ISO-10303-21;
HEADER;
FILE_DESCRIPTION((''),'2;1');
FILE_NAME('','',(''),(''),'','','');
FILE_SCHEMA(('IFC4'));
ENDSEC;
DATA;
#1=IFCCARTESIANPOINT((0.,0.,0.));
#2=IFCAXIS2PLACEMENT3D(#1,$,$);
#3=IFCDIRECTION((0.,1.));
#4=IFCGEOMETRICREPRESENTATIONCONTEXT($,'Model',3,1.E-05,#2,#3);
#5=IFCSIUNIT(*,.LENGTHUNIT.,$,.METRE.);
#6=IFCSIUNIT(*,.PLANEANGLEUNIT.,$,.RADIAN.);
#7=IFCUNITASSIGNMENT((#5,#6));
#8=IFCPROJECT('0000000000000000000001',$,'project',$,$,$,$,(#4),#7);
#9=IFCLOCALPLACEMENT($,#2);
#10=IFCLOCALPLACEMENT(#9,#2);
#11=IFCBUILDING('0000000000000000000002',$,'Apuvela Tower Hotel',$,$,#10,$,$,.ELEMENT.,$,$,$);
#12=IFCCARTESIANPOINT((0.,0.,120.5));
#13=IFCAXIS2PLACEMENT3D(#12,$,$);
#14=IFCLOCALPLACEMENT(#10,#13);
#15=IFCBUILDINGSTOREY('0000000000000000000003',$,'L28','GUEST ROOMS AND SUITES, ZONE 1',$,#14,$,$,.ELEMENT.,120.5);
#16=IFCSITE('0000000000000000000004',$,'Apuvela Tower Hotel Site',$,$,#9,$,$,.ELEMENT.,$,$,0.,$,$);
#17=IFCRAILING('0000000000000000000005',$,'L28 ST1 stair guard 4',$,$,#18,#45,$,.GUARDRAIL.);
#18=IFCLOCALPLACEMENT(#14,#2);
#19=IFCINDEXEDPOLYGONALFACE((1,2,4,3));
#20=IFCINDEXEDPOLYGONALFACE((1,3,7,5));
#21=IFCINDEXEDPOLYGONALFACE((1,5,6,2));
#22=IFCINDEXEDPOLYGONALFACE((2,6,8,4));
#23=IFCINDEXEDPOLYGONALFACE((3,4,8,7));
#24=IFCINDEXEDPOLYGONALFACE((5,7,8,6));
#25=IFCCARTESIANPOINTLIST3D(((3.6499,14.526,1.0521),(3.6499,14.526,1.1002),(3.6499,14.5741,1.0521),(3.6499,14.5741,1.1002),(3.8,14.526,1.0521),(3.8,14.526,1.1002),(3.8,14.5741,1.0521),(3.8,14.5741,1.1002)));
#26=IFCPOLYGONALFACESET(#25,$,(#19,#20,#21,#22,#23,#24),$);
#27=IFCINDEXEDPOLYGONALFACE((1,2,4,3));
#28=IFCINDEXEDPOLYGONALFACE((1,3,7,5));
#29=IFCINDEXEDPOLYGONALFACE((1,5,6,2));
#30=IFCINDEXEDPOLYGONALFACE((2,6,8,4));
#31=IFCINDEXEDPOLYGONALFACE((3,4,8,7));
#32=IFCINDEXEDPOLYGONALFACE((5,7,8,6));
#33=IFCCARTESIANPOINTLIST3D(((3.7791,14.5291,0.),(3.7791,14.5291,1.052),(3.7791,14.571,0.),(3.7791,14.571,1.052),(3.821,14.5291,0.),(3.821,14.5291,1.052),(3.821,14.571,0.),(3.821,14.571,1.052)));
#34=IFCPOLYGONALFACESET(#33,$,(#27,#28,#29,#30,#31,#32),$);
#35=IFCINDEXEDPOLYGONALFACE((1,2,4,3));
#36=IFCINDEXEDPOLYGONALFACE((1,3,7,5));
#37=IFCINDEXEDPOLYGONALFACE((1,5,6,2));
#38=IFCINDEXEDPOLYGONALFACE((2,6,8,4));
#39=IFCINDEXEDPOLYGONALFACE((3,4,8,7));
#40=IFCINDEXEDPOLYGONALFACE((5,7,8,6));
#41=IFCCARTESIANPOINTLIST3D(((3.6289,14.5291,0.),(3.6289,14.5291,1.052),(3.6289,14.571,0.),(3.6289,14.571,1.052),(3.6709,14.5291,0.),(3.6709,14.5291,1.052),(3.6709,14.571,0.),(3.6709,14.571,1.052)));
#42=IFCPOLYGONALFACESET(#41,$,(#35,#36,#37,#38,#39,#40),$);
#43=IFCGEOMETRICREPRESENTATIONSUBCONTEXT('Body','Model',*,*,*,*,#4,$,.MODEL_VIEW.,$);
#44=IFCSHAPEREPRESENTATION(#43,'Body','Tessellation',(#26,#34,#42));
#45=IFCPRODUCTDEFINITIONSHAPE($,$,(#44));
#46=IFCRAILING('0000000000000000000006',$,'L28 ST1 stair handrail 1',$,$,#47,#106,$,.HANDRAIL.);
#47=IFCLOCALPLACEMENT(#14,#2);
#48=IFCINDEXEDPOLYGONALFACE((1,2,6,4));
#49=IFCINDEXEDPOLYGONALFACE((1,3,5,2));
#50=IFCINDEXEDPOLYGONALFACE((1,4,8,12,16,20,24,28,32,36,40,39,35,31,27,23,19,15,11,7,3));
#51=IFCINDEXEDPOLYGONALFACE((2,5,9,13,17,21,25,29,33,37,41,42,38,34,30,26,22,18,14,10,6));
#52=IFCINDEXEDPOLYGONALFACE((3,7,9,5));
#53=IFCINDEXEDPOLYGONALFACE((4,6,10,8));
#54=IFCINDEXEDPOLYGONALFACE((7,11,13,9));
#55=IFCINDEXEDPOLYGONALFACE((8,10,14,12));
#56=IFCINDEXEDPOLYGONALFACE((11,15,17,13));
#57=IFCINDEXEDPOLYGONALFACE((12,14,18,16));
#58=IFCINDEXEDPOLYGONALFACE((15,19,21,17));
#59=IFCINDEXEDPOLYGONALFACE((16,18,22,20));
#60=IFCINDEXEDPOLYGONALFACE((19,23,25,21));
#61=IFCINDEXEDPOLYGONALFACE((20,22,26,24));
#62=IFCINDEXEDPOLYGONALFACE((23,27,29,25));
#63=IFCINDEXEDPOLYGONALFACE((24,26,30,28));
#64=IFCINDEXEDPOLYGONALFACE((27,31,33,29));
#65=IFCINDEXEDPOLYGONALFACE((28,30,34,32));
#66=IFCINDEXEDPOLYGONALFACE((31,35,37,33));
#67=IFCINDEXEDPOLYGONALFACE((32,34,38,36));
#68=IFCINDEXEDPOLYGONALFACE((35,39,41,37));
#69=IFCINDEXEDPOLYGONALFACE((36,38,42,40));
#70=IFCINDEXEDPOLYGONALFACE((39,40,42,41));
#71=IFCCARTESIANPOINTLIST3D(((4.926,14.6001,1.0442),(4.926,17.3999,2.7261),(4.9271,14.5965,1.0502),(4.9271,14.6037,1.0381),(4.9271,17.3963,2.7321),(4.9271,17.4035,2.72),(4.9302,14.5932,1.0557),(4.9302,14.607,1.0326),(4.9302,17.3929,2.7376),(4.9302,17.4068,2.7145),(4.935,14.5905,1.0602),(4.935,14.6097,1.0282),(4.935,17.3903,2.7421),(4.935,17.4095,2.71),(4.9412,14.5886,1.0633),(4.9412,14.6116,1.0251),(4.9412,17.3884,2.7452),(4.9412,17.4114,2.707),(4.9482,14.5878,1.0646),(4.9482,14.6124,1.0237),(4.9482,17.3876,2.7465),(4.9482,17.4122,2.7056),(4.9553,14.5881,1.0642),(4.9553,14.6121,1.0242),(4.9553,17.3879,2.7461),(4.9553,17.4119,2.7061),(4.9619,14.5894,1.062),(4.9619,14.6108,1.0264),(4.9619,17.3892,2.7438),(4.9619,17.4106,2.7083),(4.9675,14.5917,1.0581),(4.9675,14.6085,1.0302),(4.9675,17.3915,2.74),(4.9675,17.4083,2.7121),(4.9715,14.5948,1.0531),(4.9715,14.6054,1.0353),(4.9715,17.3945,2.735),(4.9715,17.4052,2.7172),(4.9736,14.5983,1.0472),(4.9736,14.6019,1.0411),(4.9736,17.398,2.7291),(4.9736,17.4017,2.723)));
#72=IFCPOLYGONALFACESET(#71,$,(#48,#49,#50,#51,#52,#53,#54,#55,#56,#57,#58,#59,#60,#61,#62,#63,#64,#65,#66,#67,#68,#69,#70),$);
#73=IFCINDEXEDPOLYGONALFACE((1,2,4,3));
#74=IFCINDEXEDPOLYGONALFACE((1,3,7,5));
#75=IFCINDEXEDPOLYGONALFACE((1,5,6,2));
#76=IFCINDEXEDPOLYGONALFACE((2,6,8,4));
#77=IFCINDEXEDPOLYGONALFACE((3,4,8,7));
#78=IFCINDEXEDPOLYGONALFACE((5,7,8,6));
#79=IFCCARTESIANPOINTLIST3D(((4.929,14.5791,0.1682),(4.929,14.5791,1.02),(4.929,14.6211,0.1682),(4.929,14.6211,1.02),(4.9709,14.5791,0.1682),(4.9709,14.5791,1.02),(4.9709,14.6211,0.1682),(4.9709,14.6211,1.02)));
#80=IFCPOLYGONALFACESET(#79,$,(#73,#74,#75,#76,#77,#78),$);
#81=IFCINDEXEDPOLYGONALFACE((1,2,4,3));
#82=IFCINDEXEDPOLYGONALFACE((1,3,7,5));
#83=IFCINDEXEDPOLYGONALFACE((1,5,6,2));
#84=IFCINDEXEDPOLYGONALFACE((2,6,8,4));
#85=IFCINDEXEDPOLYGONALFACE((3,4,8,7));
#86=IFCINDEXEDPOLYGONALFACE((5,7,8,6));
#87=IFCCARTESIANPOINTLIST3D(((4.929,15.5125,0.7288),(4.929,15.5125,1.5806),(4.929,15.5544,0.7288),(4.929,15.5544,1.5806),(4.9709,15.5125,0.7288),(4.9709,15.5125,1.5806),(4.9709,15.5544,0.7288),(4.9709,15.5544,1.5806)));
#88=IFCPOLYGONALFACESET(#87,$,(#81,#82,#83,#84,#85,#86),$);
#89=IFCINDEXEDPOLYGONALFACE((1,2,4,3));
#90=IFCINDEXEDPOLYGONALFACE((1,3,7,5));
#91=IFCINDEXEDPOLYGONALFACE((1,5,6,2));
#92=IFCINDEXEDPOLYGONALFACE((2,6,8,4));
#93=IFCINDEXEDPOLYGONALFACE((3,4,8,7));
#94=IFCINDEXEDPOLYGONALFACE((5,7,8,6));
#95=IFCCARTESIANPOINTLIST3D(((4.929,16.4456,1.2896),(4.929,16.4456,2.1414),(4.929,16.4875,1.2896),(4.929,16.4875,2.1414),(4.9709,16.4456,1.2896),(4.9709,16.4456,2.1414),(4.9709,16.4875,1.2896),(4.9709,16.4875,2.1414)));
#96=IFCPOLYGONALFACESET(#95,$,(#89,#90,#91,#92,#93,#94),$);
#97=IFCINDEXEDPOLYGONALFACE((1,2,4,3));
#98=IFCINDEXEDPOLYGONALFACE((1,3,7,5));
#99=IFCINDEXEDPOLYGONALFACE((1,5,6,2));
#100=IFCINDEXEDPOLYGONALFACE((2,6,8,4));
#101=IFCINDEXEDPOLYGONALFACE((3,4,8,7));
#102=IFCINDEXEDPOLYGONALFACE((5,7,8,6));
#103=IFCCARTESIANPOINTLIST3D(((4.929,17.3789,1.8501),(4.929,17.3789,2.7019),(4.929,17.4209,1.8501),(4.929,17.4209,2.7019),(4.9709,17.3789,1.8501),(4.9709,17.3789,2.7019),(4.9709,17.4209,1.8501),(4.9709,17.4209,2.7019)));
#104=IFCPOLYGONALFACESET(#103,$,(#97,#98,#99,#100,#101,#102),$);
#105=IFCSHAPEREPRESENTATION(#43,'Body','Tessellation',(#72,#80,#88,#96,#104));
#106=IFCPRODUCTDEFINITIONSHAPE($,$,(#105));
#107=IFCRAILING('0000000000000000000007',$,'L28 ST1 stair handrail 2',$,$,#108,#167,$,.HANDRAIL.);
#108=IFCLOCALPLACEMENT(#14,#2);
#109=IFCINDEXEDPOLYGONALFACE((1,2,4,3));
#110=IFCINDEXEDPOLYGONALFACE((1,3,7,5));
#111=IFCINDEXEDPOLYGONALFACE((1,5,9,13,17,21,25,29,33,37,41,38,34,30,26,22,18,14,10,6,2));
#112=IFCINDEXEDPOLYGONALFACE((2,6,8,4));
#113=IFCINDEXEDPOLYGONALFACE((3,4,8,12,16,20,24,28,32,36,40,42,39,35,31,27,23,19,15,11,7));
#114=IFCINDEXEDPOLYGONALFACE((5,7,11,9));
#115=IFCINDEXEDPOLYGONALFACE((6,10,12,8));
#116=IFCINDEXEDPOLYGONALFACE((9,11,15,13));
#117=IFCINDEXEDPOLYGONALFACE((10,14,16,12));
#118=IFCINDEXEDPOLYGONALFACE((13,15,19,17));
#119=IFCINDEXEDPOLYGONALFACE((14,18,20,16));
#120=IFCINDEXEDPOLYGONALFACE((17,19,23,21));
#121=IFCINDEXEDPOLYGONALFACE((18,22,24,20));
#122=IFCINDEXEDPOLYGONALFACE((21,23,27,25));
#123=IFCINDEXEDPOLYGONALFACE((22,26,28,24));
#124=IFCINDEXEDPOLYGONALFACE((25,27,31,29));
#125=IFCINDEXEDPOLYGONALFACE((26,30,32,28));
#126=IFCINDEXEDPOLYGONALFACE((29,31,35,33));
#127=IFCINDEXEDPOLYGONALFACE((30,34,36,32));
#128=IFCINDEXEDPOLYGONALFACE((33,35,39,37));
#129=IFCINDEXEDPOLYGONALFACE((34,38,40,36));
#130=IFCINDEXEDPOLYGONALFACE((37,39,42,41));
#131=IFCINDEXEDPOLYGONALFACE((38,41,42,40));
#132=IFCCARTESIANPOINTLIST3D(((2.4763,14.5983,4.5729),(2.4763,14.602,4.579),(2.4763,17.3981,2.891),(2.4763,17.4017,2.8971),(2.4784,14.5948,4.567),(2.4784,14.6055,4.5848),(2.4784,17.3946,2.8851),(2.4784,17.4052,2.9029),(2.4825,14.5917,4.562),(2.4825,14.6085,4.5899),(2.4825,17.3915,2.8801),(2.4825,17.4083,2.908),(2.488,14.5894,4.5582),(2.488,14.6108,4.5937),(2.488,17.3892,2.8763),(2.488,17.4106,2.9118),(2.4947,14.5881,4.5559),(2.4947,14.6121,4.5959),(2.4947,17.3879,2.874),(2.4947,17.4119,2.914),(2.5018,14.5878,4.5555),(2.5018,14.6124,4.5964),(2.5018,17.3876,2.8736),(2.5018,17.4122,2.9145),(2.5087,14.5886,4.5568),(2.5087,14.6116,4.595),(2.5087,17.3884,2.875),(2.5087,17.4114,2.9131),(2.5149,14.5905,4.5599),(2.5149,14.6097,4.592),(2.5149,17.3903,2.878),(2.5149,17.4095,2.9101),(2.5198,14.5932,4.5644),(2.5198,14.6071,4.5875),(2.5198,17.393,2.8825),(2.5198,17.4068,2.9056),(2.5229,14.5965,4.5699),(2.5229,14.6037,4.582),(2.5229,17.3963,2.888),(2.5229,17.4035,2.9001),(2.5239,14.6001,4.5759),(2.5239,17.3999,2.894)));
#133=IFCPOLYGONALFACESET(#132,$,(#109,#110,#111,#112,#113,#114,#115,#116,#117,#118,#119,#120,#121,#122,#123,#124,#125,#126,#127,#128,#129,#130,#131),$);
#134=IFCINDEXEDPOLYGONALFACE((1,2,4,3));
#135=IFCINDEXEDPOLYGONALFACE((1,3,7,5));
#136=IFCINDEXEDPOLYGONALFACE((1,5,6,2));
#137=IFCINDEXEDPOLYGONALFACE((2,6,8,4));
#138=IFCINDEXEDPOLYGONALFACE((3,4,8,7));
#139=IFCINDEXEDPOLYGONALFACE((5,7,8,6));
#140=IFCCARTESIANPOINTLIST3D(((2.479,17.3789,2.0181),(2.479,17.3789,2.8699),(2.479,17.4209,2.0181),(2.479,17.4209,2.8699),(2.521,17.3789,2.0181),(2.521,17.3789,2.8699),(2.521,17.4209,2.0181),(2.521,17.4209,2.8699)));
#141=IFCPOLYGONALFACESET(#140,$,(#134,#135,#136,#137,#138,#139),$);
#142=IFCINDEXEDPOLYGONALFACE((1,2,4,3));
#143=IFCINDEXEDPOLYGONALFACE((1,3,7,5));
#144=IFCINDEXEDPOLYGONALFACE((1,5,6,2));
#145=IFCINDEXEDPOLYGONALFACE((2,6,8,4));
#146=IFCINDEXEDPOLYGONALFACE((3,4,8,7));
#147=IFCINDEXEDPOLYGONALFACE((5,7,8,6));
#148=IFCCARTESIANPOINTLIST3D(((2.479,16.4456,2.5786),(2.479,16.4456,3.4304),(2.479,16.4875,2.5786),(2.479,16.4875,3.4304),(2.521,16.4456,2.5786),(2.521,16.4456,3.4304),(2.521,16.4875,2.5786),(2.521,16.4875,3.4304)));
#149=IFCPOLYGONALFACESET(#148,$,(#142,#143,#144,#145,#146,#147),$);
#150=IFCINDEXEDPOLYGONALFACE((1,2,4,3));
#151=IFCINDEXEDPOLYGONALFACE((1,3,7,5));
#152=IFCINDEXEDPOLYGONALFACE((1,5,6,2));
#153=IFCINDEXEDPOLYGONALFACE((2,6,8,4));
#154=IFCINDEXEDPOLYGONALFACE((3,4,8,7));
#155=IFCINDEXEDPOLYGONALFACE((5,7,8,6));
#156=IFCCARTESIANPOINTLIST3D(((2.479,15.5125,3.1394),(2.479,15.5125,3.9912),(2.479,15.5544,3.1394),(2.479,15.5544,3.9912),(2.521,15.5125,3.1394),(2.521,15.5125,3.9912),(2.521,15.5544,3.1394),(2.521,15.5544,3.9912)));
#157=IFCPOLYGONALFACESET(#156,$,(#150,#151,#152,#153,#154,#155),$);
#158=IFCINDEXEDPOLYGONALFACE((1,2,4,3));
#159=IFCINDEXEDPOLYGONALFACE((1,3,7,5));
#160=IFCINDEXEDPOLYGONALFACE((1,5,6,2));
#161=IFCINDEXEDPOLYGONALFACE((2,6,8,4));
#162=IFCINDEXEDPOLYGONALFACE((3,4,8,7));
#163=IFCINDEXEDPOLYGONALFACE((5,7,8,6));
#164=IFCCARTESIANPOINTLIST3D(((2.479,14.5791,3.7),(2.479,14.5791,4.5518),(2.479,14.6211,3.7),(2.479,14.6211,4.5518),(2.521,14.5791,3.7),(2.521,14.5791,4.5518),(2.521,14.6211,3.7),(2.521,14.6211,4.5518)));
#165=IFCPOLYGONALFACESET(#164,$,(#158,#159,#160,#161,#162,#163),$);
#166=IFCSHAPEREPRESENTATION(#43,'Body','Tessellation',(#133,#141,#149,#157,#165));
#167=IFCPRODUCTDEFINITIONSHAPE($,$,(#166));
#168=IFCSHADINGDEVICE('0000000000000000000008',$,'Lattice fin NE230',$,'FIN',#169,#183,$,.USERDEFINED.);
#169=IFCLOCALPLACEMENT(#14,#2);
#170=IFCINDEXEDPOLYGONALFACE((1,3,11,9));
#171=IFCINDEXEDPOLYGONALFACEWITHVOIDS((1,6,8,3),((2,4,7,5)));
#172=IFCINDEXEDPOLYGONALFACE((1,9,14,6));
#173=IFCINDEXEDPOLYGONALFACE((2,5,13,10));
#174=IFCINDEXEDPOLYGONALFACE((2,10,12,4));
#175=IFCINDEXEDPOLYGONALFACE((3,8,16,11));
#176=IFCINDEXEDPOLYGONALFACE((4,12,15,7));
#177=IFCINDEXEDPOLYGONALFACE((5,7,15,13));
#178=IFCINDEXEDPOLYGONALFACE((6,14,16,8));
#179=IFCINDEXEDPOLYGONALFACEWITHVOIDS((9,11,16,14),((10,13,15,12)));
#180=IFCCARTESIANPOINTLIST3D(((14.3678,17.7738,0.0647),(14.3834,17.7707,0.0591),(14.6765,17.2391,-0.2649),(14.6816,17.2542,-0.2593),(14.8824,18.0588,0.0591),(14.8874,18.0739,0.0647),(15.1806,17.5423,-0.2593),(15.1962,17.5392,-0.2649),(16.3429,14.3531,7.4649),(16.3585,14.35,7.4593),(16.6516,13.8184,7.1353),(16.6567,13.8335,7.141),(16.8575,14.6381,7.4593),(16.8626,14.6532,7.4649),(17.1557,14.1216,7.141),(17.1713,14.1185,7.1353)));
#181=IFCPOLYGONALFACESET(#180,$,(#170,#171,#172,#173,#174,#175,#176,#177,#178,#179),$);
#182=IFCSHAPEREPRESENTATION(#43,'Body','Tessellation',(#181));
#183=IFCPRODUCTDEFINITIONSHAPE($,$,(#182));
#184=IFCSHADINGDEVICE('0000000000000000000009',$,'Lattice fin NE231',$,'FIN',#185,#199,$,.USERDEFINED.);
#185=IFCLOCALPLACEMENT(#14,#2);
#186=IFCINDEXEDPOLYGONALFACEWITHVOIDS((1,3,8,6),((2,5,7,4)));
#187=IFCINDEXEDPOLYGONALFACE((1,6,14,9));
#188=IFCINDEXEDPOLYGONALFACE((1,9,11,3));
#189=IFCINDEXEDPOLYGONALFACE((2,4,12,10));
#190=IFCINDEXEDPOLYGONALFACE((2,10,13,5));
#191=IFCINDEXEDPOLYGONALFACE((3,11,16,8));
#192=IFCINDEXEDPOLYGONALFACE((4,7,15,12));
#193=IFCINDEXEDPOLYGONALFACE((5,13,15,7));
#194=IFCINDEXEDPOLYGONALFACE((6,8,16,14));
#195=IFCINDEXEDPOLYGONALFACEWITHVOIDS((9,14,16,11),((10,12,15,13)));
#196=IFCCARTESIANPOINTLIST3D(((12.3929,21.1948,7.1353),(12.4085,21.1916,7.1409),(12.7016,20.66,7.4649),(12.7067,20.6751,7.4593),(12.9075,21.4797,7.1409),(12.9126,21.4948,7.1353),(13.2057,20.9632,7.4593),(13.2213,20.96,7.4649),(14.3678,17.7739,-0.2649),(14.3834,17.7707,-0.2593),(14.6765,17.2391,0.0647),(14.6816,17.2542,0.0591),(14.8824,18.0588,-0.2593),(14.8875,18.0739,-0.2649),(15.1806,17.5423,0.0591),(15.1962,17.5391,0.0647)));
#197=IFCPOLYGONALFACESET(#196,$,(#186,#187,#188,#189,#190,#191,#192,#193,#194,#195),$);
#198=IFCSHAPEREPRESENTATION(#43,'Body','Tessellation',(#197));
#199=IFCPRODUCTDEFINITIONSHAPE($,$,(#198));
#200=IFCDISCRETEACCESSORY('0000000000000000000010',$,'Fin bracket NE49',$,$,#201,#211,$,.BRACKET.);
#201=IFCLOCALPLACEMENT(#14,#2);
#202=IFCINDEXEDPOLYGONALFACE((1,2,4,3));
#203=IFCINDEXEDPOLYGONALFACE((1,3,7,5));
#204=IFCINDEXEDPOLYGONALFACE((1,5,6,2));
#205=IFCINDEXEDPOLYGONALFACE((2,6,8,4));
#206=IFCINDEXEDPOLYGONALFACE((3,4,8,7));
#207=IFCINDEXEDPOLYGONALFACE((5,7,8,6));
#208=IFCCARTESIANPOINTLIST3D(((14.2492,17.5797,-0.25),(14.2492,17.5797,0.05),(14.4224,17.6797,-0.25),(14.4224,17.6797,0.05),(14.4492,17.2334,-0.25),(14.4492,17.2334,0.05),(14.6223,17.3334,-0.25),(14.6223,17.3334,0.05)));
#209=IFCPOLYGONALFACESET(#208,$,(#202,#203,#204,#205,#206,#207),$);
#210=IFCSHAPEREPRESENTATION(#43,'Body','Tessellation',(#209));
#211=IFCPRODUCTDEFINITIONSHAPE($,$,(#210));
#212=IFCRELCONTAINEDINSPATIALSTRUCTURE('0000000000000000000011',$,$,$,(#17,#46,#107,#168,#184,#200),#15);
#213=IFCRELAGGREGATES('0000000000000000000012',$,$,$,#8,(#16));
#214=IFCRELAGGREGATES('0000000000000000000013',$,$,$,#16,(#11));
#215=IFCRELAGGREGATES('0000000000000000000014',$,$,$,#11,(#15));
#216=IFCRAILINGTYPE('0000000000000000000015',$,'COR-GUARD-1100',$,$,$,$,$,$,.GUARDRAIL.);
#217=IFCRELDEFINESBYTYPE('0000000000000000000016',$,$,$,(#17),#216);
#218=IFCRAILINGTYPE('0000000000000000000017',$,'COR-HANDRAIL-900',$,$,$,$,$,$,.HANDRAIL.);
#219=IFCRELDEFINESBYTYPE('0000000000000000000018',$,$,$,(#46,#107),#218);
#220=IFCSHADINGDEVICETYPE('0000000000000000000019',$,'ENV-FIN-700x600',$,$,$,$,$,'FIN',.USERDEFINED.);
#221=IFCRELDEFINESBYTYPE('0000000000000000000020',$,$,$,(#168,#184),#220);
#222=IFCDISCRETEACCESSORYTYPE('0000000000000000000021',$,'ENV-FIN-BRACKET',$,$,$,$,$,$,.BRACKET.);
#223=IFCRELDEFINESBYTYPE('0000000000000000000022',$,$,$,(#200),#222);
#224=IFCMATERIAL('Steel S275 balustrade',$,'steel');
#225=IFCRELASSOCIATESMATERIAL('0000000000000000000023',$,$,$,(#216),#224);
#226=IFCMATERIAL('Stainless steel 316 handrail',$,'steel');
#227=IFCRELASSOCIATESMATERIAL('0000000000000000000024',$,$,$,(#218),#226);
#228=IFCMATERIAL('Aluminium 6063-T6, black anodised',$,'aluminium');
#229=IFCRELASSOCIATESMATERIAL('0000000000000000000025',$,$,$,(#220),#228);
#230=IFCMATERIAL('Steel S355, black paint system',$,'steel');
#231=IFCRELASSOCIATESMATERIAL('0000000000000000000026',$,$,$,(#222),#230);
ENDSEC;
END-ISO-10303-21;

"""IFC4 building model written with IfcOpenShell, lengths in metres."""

from ifc_helpers import new_model, si_unit, direction, frame, origin, origin_2d, place, context, subcontext, project, spatial, rectangle, hollow_rectangle, circle, extrude, material, material_profile, profile_set, type_object, element, save


model = new_model("IFC4")

# Units and contexts
model_context = context("Model", 3, precision=1e-05, world=origin(), true_north=direction((0.0, 1.0)))
body_context = subcontext(model_context, "Body", "Model", "MODEL_VIEW")
ifc_project = project(units=[si_unit("LENGTHUNIT", "METRE"), si_unit("PLANEANGLEUNIT", "RADIAN")], contexts=[model_context])

# Site, building, storey
site_placement = place(None, origin())
site = spatial("IfcSite", under=ifc_project, at=site_placement, Name="Apuvela Tower Hotel Site", CompositionType="ELEMENT", RefElevation=0.0)
building_placement = place(site_placement, origin())
building = spatial("IfcBuilding", under=site, at=building_placement, Name="Apuvela Tower Hotel", CompositionType="ELEMENT")
storey_placement = place(building_placement, frame((0.0, 0.0, 120.5)))
storey = spatial("IfcBuildingStorey", under=building, at=storey_placement, Name="L28", Description="GUEST ROOMS AND SUITES, ZONE 1", CompositionType="ELEMENT", Elevation=120.5)

# Railings
ifc_material_1 = material(Name="Steel S275 balustrade", Category="steel")
railing_type_1 = type_object("IfcRailingType", Name="COR-GUARD-1100", PredefinedType="GUARDRAIL", material=ifc_material_1)
railing_1_placement = place(storey_placement, frame((3.8, 14.55, 0.0)))
element("IfcRailing", 1, at=railing_1_placement, inside=storey, type_object=railing_type_1, Name="L28 ST1 stair guard 4", PredefinedType="GUARDRAIL", context=body_context, shape_type="SweptSolid", body=[
    extrude(rectangle(XDim=0.0481, YDim=0.0481, at=origin_2d()), frame((0.0, 0.0, 1.0762), z_axis=(-1.0, 0.0, 0.0), x_axis=(0.0, -1.0, 0.0)), (0.0, 0.0, 1.0), 0.1501),
    extrude(rectangle(XDim=0.042, YDim=0.042, at=origin_2d()), origin(), (0.0, 0.0, 1.0), 1.052),
    extrude(rectangle(XDim=0.042, YDim=0.042, at=origin_2d()), frame((-0.1501, 0.0, 0.0)), (0.0, 0.0, 1.0), 1.052),
])
ifc_material_2 = material(Name="Stainless steel 316 handrail", Category="steel")
railing_type_2 = type_object("IfcRailingType", Name="COR-HANDRAIL-900", PredefinedType="HANDRAIL", material=ifc_material_2)
railing_2_placement = place(storey_placement, frame((4.95, 14.6001, 0.1682)))
element("IfcRailing", 2, at=railing_2_placement, inside=storey, type_object=railing_type_2, Name="L28 ST1 stair handrail 1", PredefinedType="HANDRAIL", context=body_context, shape_type="SweptSolid", body=[
    extrude(circle(Radius=0.0239, at=origin_2d()), frame((0.0, 0.0, 0.876), z_axis=(0.0, 0.857222, 0.514946), x_axis=(-1.0, 0.0, 0.0)), (0.0, 0.0, 1.0), 3.2661),
    extrude(rectangle(XDim=0.042, YDim=0.042, at=origin_2d()), origin(), (0.0, 0.0, 1.0), 0.8518),
    extrude(rectangle(XDim=0.042, YDim=0.042, at=origin_2d()), frame((0.0, 0.9333, 0.5605)), (0.0, 0.0, 1.0), 0.8518),
    extrude(rectangle(XDim=0.042, YDim=0.042, at=origin_2d()), frame((0.0, 1.8665, 1.1213)), (0.0, 0.0, 1.0), 0.8518),
    extrude(rectangle(XDim=0.042, YDim=0.042, at=origin_2d()), frame((0.0, 2.7998, 1.6819)), (0.0, 0.0, 1.0), 0.8518),
])
railing_3_placement = place(storey_placement, frame((2.5, 17.3999, 2.0181)))
element("IfcRailing", 3, at=railing_3_placement, inside=storey, type_object=railing_type_2, Name="L28 ST1 stair handrail 2", PredefinedType="HANDRAIL", context=body_context, shape_type="SweptSolid", body=[
    extrude(circle(Radius=0.0239, at=origin_2d()), frame((0.0, 0.0, 0.876), z_axis=(0.0, -0.857222, 0.514946), x_axis=(1.0, 0.0, 0.0)), (0.0, 0.0, 1.0), 3.2661),
    extrude(rectangle(XDim=0.042, YDim=0.042, at=origin_2d()), origin(), (0.0, 0.0, 1.0), 0.8518),
    extrude(rectangle(XDim=0.042, YDim=0.042, at=origin_2d()), frame((0.0, -0.9333, 0.5605)), (0.0, 0.0, 1.0), 0.8518),
    extrude(rectangle(XDim=0.042, YDim=0.042, at=origin_2d()), frame((0.0, -1.8665, 1.1213)), (0.0, 0.0, 1.0), 0.8518),
    extrude(rectangle(XDim=0.042, YDim=0.042, at=origin_2d()), frame((0.0, -2.7998, 1.6819)), (0.0, 0.0, 1.0), 0.8518),
])

# Shading devices
ifc_material_3 = material(Name="Aluminium 6063-T6, black anodised", Category="aluminium")
ifc_material_profile_1 = material_profile(ifc_material_3, hollow_rectangle(XDim=0.6001, YDim=0.7, WallThickness=0.012, at=origin_2d()), Name="AL BOX 700x600x12")
ifc_profile_set_1 = profile_set([ifc_material_profile_1], Name="Aluminium 6063-T6, black anodised")
shading_device_type = type_object("IfcShadingDeviceType", Name="ENV-FIN-700x600", ElementType="FIN", PredefinedType="USERDEFINED", material=ifc_profile_set_1)
for number, where, z_axis, x_axis, name in (
    (4, (14.782, 17.6565, -0.1001), (0.235458, -0.407787, 0.882196), (0.866005, 0.500035, 0.0), "Lattice fin NE230"),
    (5, (14.782, 17.6565, -0.1001), (-0.235428, 0.407814, 0.882191), (-0.866048, -0.499961, 0.0), "Lattice fin NE231"),
):
    element("IfcShadingDevice", number, at=place(storey_placement, frame(where, z_axis=z_axis, x_axis=x_axis)), inside=storey, type_object=shading_device_type, Name=name, ObjectType="FIN", PredefinedType="USERDEFINED", context=body_context, shape_type="SweptSolid", body=[
        extrude(hollow_rectangle(XDim=0.6001, YDim=0.7, WallThickness=0.012, at=origin_2d()), origin(), (0.0, 0.0, 1.0), 8.3884),
    ])

# Discrete accessory
ifc_material_4 = material(Name="Steel S355, black paint system", Category="steel")
discrete_accessory_type = type_object("IfcDiscreteAccessoryType", Name="ENV-FIN-BRACKET", PredefinedType="BRACKET", material=ifc_material_4)
discrete_accessory_placement = place(storey_placement, frame((14.4358, 17.4565, -0.25), z_axis=(0.0, 0.0, 1.0), x_axis=(-0.5, 0.866025, 0.0)))
element("IfcDiscreteAccessory", 6, at=discrete_accessory_placement, inside=storey, type_object=discrete_accessory_type, Name="Fin bracket NE49", PredefinedType="BRACKET", context=body_context, shape_type="SweptSolid", body=[
    extrude(rectangle(XDim=0.3999, YDim=0.2, at=origin_2d()), origin(), (0.0, 0.0, 1.0), 0.3),
])

save(model, "model.ifc")
